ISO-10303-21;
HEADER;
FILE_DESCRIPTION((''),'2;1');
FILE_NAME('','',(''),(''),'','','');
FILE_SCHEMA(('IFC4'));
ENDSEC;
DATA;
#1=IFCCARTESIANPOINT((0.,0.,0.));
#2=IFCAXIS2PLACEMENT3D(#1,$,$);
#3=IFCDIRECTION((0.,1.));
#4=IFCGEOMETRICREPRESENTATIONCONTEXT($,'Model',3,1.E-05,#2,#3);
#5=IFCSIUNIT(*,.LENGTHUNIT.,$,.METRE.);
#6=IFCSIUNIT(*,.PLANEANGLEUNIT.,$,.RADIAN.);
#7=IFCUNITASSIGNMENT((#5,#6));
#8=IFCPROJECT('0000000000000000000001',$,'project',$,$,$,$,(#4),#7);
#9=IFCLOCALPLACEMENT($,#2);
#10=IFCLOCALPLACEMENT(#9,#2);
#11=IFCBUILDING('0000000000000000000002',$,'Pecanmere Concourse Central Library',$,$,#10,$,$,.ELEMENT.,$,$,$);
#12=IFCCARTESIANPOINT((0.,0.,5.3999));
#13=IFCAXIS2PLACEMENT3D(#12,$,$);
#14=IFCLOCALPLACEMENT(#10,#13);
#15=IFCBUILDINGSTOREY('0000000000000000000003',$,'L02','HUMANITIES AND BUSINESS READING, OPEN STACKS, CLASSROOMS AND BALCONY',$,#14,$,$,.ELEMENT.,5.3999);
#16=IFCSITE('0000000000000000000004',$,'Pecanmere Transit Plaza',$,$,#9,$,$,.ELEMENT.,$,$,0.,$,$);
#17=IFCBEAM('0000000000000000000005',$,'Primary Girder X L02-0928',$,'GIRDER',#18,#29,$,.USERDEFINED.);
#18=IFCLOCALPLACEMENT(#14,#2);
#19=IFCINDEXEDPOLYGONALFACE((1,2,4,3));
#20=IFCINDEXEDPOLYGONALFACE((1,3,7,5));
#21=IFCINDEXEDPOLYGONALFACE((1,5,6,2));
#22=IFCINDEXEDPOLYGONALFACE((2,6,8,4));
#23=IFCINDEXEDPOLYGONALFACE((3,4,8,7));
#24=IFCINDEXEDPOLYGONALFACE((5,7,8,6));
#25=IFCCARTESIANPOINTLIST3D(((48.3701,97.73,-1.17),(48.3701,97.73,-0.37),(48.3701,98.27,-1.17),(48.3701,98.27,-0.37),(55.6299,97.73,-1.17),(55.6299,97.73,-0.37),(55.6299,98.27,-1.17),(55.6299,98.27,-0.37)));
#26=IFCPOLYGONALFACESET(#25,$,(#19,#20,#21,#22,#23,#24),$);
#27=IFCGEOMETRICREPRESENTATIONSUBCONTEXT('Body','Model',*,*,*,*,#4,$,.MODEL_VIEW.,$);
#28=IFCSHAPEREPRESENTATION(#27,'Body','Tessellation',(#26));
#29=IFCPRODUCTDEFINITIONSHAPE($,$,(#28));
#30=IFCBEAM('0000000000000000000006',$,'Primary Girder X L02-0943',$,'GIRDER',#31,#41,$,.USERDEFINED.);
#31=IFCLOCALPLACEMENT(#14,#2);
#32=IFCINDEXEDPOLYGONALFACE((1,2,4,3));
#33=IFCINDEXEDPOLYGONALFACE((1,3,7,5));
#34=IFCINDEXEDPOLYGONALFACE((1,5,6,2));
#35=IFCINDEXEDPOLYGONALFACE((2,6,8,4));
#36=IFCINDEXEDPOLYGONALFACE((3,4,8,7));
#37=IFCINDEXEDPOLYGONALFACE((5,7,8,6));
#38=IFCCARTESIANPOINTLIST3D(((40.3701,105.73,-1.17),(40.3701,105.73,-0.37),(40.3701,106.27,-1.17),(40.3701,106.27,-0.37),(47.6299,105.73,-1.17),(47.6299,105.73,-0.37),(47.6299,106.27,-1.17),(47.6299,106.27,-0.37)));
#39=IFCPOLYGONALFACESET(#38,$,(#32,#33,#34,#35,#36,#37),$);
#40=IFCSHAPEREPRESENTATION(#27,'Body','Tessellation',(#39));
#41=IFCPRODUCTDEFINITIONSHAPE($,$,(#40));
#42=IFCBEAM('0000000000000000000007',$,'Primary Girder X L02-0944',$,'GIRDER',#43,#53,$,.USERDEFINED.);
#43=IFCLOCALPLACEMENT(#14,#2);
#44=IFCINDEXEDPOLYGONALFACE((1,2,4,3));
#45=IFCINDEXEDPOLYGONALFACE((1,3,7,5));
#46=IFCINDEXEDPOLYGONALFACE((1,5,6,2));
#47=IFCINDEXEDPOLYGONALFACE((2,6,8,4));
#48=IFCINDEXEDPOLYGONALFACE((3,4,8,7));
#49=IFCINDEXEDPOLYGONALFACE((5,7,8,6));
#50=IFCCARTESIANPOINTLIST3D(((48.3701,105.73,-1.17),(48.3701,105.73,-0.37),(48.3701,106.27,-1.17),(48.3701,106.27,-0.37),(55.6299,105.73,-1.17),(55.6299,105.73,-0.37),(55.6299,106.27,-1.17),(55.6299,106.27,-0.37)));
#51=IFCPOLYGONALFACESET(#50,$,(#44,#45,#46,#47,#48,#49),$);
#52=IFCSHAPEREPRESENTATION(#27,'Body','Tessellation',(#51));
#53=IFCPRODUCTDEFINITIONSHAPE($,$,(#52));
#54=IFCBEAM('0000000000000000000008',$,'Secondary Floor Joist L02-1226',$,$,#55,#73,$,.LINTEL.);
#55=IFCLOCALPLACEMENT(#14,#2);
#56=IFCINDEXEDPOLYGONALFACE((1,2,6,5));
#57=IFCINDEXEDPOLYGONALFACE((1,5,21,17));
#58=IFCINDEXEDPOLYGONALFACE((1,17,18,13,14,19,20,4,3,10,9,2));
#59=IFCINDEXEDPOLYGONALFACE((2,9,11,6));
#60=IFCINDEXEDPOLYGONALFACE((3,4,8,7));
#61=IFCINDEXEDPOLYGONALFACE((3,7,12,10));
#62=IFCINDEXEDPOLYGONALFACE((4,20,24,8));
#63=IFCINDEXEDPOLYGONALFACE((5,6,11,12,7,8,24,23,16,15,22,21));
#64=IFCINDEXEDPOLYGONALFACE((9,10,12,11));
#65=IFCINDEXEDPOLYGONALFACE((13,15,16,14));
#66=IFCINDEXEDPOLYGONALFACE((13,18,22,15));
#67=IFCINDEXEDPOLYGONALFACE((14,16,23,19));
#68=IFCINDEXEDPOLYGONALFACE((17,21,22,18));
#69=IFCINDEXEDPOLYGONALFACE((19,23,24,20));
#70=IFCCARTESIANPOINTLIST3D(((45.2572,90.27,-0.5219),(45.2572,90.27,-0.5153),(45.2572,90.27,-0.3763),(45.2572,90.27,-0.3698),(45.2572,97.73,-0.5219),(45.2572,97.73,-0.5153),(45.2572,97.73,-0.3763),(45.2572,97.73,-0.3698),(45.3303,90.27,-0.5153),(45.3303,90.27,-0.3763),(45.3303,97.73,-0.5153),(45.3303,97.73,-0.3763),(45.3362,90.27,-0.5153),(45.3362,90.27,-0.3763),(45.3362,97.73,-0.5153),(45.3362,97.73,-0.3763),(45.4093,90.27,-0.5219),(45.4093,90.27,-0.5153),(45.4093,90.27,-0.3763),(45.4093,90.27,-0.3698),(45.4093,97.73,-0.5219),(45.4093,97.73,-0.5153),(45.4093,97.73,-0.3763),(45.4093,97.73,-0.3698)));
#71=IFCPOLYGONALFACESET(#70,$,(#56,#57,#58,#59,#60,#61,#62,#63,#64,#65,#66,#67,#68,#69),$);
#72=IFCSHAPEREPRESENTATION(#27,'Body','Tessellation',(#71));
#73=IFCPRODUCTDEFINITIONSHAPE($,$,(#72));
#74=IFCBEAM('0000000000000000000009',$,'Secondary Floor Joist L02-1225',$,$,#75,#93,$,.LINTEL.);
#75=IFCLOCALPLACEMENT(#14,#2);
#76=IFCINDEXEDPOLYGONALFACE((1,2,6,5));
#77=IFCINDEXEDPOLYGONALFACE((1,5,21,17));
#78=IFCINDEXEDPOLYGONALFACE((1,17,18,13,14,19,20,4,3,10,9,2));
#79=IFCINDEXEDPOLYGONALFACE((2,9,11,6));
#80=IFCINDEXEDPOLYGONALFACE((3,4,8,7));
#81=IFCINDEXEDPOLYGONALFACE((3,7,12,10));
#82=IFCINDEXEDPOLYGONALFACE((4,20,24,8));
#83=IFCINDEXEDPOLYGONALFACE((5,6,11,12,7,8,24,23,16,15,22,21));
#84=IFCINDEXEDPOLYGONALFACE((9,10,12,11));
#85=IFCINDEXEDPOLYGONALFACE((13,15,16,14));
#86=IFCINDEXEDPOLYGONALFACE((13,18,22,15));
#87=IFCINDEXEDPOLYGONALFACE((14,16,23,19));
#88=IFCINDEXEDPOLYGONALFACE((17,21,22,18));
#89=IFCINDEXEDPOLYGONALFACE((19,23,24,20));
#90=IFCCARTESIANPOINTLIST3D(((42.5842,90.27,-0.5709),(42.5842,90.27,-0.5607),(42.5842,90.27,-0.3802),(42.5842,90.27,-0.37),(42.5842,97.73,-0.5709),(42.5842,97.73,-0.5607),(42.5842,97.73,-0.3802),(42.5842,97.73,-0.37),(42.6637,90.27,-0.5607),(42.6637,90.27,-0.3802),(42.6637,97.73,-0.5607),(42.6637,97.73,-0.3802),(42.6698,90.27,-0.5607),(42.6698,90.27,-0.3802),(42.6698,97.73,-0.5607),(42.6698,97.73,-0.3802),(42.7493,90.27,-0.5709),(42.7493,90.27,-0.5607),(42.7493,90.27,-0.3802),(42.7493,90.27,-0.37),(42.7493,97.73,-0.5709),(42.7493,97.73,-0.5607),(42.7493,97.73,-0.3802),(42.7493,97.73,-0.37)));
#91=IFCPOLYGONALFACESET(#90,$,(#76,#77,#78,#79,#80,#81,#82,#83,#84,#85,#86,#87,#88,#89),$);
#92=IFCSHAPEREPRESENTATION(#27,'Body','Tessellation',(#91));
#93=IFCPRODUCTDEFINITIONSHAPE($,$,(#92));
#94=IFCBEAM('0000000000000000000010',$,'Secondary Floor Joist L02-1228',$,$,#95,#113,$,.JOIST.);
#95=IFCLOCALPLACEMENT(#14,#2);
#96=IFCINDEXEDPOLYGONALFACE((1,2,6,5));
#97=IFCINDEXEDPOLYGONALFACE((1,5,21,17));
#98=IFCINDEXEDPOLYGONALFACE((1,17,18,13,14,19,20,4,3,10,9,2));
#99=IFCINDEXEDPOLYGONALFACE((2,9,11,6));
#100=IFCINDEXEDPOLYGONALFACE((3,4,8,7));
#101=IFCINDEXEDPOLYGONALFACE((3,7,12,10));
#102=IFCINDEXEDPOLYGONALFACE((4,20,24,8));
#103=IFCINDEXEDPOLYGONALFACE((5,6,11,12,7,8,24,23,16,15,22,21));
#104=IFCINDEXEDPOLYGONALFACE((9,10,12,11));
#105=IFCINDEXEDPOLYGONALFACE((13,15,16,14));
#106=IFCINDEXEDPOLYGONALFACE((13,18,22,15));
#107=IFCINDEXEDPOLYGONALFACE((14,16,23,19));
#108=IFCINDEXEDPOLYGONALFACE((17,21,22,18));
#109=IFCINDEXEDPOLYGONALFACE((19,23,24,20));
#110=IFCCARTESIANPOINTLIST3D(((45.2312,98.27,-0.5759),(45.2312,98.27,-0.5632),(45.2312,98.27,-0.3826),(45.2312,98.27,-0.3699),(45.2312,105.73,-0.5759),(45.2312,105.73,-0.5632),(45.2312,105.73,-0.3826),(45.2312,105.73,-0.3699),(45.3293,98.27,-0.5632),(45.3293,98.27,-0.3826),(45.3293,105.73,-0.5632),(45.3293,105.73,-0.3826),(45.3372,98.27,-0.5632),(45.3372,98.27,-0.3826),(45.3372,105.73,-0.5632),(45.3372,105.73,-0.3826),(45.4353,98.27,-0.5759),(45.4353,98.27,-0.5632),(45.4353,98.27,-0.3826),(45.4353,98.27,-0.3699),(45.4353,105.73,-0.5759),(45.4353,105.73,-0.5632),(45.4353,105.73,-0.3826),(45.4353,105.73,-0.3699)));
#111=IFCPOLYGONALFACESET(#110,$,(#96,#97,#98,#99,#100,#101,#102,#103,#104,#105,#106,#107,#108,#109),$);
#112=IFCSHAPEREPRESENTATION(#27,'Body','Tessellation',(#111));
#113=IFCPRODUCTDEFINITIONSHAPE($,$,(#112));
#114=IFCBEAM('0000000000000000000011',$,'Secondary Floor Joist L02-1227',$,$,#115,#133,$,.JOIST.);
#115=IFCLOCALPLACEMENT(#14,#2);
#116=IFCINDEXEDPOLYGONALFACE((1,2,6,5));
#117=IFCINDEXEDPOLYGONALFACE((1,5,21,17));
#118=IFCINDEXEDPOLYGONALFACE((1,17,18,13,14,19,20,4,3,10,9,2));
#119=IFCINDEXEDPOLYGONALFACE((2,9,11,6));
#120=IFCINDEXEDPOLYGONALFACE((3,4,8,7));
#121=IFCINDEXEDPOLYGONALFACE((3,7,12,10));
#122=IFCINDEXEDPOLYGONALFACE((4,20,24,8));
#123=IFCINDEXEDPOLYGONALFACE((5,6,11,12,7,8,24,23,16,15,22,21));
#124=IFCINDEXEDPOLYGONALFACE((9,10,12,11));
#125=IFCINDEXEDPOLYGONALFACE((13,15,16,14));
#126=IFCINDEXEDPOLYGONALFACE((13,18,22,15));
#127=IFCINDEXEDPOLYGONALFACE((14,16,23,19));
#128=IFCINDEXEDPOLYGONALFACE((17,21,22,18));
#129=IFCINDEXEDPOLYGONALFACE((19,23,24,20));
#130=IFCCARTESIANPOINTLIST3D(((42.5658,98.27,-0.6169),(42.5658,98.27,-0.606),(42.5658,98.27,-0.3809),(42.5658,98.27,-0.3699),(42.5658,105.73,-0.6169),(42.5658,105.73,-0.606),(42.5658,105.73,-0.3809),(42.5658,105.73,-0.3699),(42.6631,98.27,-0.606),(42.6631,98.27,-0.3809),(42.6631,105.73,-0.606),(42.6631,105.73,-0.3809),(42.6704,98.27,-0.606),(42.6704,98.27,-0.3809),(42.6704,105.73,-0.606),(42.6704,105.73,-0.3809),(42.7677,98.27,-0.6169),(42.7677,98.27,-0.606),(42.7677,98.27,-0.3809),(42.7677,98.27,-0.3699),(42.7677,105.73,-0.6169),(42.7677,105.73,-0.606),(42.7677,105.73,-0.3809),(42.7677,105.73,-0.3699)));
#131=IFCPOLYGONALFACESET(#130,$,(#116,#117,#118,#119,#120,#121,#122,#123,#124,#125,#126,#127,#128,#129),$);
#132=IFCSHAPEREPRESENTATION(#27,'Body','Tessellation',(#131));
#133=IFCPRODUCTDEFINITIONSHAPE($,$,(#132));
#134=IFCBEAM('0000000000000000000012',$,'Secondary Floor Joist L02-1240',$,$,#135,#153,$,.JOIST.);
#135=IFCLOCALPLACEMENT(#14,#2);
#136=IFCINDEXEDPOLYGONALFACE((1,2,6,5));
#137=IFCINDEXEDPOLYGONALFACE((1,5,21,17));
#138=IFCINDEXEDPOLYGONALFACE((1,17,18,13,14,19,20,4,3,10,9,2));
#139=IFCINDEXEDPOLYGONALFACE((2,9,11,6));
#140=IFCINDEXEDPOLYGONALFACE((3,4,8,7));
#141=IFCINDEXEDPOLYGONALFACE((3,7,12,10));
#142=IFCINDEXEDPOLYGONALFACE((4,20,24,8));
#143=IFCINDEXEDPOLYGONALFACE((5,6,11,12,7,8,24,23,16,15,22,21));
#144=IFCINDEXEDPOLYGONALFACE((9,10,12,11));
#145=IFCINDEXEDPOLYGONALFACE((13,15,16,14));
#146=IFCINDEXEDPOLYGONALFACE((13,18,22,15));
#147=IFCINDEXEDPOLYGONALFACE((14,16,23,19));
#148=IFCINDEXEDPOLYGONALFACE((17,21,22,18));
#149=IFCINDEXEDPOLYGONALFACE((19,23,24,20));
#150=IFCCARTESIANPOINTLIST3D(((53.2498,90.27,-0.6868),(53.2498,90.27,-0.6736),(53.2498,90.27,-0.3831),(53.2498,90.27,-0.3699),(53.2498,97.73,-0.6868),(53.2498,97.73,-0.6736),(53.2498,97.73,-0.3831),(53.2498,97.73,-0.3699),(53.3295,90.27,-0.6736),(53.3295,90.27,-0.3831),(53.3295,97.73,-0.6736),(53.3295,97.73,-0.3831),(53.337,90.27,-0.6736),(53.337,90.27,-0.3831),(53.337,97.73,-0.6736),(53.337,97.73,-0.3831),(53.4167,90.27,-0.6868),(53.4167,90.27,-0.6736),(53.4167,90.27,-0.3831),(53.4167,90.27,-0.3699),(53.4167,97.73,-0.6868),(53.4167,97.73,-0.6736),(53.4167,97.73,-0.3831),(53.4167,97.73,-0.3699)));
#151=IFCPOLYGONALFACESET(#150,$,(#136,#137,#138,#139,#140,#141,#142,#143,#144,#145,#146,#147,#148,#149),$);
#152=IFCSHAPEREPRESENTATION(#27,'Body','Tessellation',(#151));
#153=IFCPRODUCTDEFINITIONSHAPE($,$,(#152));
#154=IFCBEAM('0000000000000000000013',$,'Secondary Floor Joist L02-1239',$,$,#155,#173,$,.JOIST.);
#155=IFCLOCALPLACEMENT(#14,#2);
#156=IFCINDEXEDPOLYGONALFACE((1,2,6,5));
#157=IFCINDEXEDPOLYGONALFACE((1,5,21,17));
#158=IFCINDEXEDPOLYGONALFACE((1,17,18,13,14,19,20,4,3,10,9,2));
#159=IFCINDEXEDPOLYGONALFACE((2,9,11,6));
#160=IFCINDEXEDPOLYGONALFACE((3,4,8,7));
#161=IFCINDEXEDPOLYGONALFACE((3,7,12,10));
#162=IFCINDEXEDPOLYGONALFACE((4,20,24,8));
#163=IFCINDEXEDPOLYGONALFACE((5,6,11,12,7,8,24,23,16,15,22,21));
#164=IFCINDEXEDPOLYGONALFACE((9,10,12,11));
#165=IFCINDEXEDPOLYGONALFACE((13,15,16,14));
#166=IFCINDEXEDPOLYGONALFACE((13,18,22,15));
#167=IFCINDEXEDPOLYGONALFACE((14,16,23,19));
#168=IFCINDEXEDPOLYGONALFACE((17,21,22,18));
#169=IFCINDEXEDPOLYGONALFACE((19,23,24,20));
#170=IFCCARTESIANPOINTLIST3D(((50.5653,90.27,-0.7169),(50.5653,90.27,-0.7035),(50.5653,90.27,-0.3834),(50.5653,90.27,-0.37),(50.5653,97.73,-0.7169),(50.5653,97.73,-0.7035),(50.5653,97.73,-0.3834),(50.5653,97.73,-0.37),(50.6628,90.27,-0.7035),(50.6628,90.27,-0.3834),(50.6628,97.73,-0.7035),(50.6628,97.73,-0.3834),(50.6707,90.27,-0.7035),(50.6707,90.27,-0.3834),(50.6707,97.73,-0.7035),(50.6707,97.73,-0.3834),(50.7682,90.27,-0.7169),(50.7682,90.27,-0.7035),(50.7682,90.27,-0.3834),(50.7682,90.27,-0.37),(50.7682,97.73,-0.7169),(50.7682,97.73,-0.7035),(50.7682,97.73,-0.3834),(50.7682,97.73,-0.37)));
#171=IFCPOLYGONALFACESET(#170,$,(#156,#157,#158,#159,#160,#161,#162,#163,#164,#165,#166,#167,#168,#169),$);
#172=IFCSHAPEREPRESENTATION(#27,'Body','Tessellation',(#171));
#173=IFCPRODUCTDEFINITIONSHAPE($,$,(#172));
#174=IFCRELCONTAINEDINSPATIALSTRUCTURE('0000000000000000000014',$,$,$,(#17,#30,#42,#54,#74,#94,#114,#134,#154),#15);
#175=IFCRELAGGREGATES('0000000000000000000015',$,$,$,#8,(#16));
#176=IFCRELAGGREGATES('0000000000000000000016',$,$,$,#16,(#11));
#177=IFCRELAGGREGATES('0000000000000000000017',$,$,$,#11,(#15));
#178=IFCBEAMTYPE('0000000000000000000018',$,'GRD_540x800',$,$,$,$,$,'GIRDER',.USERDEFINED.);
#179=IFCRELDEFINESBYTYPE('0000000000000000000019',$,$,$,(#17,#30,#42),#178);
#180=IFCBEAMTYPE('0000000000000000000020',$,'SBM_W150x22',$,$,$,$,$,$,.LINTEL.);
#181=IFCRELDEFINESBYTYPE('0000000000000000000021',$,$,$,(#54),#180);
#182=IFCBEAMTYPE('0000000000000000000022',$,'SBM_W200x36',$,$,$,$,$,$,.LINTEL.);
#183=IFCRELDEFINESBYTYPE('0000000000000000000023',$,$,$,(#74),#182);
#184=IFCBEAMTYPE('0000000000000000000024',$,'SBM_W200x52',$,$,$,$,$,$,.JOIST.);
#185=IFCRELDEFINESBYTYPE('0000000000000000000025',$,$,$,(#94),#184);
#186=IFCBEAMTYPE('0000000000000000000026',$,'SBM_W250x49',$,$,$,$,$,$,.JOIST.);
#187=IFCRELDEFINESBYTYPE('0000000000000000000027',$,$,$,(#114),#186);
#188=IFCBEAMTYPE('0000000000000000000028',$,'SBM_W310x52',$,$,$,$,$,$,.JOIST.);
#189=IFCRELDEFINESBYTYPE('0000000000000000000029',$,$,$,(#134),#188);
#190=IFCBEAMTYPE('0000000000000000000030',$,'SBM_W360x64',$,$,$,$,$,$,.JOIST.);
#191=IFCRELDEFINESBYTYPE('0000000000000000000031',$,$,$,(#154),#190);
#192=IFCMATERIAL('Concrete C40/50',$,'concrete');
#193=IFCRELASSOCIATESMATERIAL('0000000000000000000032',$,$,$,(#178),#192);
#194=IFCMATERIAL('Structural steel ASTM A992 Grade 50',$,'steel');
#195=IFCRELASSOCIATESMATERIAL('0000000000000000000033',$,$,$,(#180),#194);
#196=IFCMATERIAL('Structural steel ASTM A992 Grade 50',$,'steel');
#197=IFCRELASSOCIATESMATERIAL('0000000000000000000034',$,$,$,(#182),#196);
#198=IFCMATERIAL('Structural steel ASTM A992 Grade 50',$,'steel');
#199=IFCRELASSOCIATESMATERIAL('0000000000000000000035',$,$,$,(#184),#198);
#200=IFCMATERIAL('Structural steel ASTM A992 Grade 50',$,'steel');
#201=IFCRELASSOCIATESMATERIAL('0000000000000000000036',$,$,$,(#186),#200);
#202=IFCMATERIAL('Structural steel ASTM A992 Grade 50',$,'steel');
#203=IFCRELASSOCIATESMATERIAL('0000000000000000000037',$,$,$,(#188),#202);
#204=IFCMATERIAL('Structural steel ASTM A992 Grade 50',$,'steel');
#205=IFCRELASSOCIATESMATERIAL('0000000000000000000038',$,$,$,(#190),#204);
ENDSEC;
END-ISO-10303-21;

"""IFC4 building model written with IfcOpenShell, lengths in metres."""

from ifc_helpers import new_model, si_unit, direction, frame, origin, origin_2d, place, context, subcontext, project, spatial, rectangle, i_section, extrude, material, material_profile, profile_set, type_object, element, save


model = new_model("IFC4")

# Units and contexts
model_context = context("Model", 3, precision=1e-05, world=origin(), true_north=direction((0.0, 1.0)))
body_context = subcontext(model_context, "Body", "Model", "MODEL_VIEW")
ifc_project = project(units=[si_unit("LENGTHUNIT", "METRE"), si_unit("PLANEANGLEUNIT", "RADIAN")], contexts=[model_context])

# Site, building, storey
site_placement = place(None, origin())
site = spatial("IfcSite", under=ifc_project, at=site_placement, Name="Pecanmere Transit Plaza", CompositionType="ELEMENT", RefElevation=0.0)
building_placement = place(site_placement, origin())
building = spatial("IfcBuilding", under=site, at=building_placement, Name="Pecanmere Concourse Central Library", CompositionType="ELEMENT")
storey_placement = place(building_placement, frame((0.0, 0.0, 5.3999)))
storey = spatial("IfcBuildingStorey", under=building, at=storey_placement, Name="L02", Description="HUMANITIES AND BUSINESS READING, OPEN STACKS, CLASSROOMS AND BALCONY", CompositionType="ELEMENT", Elevation=5.3999)

# Beams
ifc_material_1 = material(Name="Concrete C40/50", Category="concrete")
ifc_material_profile_1 = material_profile(ifc_material_1, rectangle(XDim=0.54, YDim=0.8, at=origin_2d()), Name="RC 540x800")
ifc_profile_set_1 = profile_set([ifc_material_profile_1], Name="Concrete C40/50")
beam_type_1 = type_object("IfcBeamType", Name="GRD_540x800", ElementType="GIRDER", PredefinedType="USERDEFINED", material=ifc_profile_set_1)
for number, where, z_axis, x_axis, name in (
    (1, (48.3701, 98.0, -0.77), (1.0, 0.0, 0.0), (0.0, 1.0, 0.0), "Primary Girder X L02-0928"),
    (2, (40.3701, 106.0, -0.77), (1.0, 0.0, 0.0), (0.0, 1.0, 0.0), "Primary Girder X L02-0943"),
    (3, (48.3701, 106.0, -0.77), (1.0, 0.0, 0.0), (0.0, 1.0, 0.0), "Primary Girder X L02-0944"),
):
    element("IfcBeam", number, at=place(storey_placement, frame(where, z_axis=z_axis, x_axis=x_axis)), inside=storey, type_object=beam_type_1, Name=name, ObjectType="GIRDER", PredefinedType="USERDEFINED", context=body_context, shape_type="SweptSolid", body=[
        extrude(rectangle(XDim=0.54, YDim=0.8, at=origin_2d()), origin(), (0.0, 0.0, 1.0), 7.2598),
    ])
ifc_material_2 = material(Name="Structural steel ASTM A992 Grade 50", Category="steel")
ifc_material_profile_2 = material_profile(ifc_material_2, i_section(OverallWidth=0.1521, OverallDepth=0.1521, WebThickness=0.0059, FlangeThickness=0.0066, at=origin_2d()), Name="W150x22.5")
ifc_profile_set_2 = profile_set([ifc_material_profile_2], Name="Structural steel ASTM A992 Grade 50")
beam_type_2 = type_object("IfcBeamType", Name="SBM_W150x22", PredefinedType="LINTEL", material=ifc_profile_set_2)
beam_1_placement = place(storey_placement, frame((45.3333, 90.27, -0.4458), z_axis=(0.0, 1.0, 0.0), x_axis=(-1.0, 0.0, 0.0)))
element("IfcBeam", 4, at=beam_1_placement, inside=storey, type_object=beam_type_2, Name="Secondary Floor Joist L02-1226", PredefinedType="LINTEL", context=body_context, shape_type="SweptSolid", body=[
    extrude(i_section(OverallWidth=0.1521, OverallDepth=0.1521, WebThickness=0.0059, FlangeThickness=0.0066, at=origin_2d()), origin(), (0.0, 0.0, 1.0), 7.46),
])
ifc_material_3 = material(Name="Structural steel ASTM A992 Grade 50", Category="steel")
ifc_material_profile_3 = material_profile(ifc_material_3, i_section(OverallWidth=0.165, OverallDepth=0.2009, WebThickness=0.0061, FlangeThickness=0.0103, at=origin_2d()), Name="W200x35.9")
ifc_profile_set_3 = profile_set([ifc_material_profile_3], Name="Structural steel ASTM A992 Grade 50")
beam_type_3 = type_object("IfcBeamType", Name="SBM_W200x36", PredefinedType="LINTEL", material=ifc_profile_set_3)
beam_2_placement = place(storey_placement, frame((42.6667, 90.27, -0.4705), z_axis=(0.0, 1.0, 0.0), x_axis=(-1.0, 0.0, 0.0)))
element("IfcBeam", 5, at=beam_2_placement, inside=storey, type_object=beam_type_3, Name="Secondary Floor Joist L02-1225", PredefinedType="LINTEL", context=body_context, shape_type="SweptSolid", body=[
    extrude(i_section(OverallWidth=0.165, OverallDepth=0.2009, WebThickness=0.0061, FlangeThickness=0.0103, at=origin_2d()), origin(), (0.0, 0.0, 1.0), 7.46),
])
ifc_material_4 = material(Name="Structural steel ASTM A992 Grade 50", Category="steel")
ifc_material_profile_4 = material_profile(ifc_material_4, i_section(OverallWidth=0.2041, OverallDepth=0.2061, WebThickness=0.0078, FlangeThickness=0.0127, at=origin_2d()), Name="W200x52")
ifc_profile_set_4 = profile_set([ifc_material_profile_4], Name="Structural steel ASTM A992 Grade 50")
beam_type_4 = type_object("IfcBeamType", Name="SBM_W200x52", PredefinedType="JOIST", material=ifc_profile_set_4)
beam_3_placement = place(storey_placement, frame((45.3333, 98.27, -0.4729), z_axis=(0.0, 1.0, 0.0), x_axis=(-1.0, 0.0, 0.0)))
element("IfcBeam", 6, at=beam_3_placement, inside=storey, type_object=beam_type_4, Name="Secondary Floor Joist L02-1228", PredefinedType="JOIST", context=body_context, shape_type="SweptSolid", body=[
    extrude(i_section(OverallWidth=0.2041, OverallDepth=0.2061, WebThickness=0.0078, FlangeThickness=0.0127, at=origin_2d()), origin(), (0.0, 0.0, 1.0), 7.46),
])
ifc_material_5 = material(Name="Structural steel ASTM A992 Grade 50", Category="steel")
ifc_material_profile_5 = material_profile(ifc_material_5, i_section(OverallWidth=0.2019, OverallDepth=0.2471, WebThickness=0.0073, FlangeThickness=0.011, at=origin_2d()), Name="W250x49.1")
ifc_profile_set_5 = profile_set([ifc_material_profile_5], Name="Structural steel ASTM A992 Grade 50")
beam_type_5 = type_object("IfcBeamType", Name="SBM_W250x49", PredefinedType="JOIST", material=ifc_profile_set_5)
beam_4_placement = place(storey_placement, frame((42.6667, 98.27, -0.4934), z_axis=(0.0, 1.0, 0.0), x_axis=(-1.0, 0.0, 0.0)))
element("IfcBeam", 7, at=beam_4_placement, inside=storey, type_object=beam_type_5, Name="Secondary Floor Joist L02-1227", PredefinedType="JOIST", context=body_context, shape_type="SweptSolid", body=[
    extrude(i_section(OverallWidth=0.2019, OverallDepth=0.2471, WebThickness=0.0073, FlangeThickness=0.011, at=origin_2d()), origin(), (0.0, 0.0, 1.0), 7.46),
])
ifc_material_6 = material(Name="Structural steel ASTM A992 Grade 50", Category="steel")
ifc_material_profile_6 = material_profile(ifc_material_6, i_section(OverallWidth=0.167, OverallDepth=0.3169, WebThickness=0.0076, FlangeThickness=0.0132, at=origin_2d()), Name="W310x52")
ifc_profile_set_6 = profile_set([ifc_material_profile_6], Name="Structural steel ASTM A992 Grade 50")
beam_type_6 = type_object("IfcBeamType", Name="SBM_W310x52", PredefinedType="JOIST", material=ifc_profile_set_6)
beam_5_placement = place(storey_placement, frame((53.3333, 90.27, -0.5283), z_axis=(0.0, 1.0, 0.0), x_axis=(-1.0, 0.0, 0.0)))
element("IfcBeam", 8, at=beam_5_placement, inside=storey, type_object=beam_type_6, Name="Secondary Floor Joist L02-1240", PredefinedType="JOIST", context=body_context, shape_type="SweptSolid", body=[
    extrude(i_section(OverallWidth=0.167, OverallDepth=0.3169, WebThickness=0.0076, FlangeThickness=0.0132, at=origin_2d()), origin(), (0.0, 0.0, 1.0), 7.46),
])
ifc_material_7 = material(Name="Structural steel ASTM A992 Grade 50", Category="steel")
ifc_material_profile_7 = material_profile(ifc_material_7, i_section(OverallWidth=0.2029, OverallDepth=0.3469, WebThickness=0.0078, FlangeThickness=0.0134, at=origin_2d()), Name="W360x64")
ifc_profile_set_7 = profile_set([ifc_material_profile_7], Name="Structural steel ASTM A992 Grade 50")
beam_type_7 = type_object("IfcBeamType", Name="SBM_W360x64", PredefinedType="JOIST", material=ifc_profile_set_7)
beam_6_placement = place(storey_placement, frame((50.6667, 90.27, -0.5435), z_axis=(0.0, 1.0, 0.0), x_axis=(-1.0, 0.0, 0.0)))
element("IfcBeam", 9, at=beam_6_placement, inside=storey, type_object=beam_type_7, Name="Secondary Floor Joist L02-1239", PredefinedType="JOIST", context=body_context, shape_type="SweptSolid", body=[
    extrude(i_section(OverallWidth=0.2029, OverallDepth=0.3469, WebThickness=0.0078, FlangeThickness=0.0134, at=origin_2d()), origin(), (0.0, 0.0, 1.0), 7.46),
])

save(model, "model.ifc")
